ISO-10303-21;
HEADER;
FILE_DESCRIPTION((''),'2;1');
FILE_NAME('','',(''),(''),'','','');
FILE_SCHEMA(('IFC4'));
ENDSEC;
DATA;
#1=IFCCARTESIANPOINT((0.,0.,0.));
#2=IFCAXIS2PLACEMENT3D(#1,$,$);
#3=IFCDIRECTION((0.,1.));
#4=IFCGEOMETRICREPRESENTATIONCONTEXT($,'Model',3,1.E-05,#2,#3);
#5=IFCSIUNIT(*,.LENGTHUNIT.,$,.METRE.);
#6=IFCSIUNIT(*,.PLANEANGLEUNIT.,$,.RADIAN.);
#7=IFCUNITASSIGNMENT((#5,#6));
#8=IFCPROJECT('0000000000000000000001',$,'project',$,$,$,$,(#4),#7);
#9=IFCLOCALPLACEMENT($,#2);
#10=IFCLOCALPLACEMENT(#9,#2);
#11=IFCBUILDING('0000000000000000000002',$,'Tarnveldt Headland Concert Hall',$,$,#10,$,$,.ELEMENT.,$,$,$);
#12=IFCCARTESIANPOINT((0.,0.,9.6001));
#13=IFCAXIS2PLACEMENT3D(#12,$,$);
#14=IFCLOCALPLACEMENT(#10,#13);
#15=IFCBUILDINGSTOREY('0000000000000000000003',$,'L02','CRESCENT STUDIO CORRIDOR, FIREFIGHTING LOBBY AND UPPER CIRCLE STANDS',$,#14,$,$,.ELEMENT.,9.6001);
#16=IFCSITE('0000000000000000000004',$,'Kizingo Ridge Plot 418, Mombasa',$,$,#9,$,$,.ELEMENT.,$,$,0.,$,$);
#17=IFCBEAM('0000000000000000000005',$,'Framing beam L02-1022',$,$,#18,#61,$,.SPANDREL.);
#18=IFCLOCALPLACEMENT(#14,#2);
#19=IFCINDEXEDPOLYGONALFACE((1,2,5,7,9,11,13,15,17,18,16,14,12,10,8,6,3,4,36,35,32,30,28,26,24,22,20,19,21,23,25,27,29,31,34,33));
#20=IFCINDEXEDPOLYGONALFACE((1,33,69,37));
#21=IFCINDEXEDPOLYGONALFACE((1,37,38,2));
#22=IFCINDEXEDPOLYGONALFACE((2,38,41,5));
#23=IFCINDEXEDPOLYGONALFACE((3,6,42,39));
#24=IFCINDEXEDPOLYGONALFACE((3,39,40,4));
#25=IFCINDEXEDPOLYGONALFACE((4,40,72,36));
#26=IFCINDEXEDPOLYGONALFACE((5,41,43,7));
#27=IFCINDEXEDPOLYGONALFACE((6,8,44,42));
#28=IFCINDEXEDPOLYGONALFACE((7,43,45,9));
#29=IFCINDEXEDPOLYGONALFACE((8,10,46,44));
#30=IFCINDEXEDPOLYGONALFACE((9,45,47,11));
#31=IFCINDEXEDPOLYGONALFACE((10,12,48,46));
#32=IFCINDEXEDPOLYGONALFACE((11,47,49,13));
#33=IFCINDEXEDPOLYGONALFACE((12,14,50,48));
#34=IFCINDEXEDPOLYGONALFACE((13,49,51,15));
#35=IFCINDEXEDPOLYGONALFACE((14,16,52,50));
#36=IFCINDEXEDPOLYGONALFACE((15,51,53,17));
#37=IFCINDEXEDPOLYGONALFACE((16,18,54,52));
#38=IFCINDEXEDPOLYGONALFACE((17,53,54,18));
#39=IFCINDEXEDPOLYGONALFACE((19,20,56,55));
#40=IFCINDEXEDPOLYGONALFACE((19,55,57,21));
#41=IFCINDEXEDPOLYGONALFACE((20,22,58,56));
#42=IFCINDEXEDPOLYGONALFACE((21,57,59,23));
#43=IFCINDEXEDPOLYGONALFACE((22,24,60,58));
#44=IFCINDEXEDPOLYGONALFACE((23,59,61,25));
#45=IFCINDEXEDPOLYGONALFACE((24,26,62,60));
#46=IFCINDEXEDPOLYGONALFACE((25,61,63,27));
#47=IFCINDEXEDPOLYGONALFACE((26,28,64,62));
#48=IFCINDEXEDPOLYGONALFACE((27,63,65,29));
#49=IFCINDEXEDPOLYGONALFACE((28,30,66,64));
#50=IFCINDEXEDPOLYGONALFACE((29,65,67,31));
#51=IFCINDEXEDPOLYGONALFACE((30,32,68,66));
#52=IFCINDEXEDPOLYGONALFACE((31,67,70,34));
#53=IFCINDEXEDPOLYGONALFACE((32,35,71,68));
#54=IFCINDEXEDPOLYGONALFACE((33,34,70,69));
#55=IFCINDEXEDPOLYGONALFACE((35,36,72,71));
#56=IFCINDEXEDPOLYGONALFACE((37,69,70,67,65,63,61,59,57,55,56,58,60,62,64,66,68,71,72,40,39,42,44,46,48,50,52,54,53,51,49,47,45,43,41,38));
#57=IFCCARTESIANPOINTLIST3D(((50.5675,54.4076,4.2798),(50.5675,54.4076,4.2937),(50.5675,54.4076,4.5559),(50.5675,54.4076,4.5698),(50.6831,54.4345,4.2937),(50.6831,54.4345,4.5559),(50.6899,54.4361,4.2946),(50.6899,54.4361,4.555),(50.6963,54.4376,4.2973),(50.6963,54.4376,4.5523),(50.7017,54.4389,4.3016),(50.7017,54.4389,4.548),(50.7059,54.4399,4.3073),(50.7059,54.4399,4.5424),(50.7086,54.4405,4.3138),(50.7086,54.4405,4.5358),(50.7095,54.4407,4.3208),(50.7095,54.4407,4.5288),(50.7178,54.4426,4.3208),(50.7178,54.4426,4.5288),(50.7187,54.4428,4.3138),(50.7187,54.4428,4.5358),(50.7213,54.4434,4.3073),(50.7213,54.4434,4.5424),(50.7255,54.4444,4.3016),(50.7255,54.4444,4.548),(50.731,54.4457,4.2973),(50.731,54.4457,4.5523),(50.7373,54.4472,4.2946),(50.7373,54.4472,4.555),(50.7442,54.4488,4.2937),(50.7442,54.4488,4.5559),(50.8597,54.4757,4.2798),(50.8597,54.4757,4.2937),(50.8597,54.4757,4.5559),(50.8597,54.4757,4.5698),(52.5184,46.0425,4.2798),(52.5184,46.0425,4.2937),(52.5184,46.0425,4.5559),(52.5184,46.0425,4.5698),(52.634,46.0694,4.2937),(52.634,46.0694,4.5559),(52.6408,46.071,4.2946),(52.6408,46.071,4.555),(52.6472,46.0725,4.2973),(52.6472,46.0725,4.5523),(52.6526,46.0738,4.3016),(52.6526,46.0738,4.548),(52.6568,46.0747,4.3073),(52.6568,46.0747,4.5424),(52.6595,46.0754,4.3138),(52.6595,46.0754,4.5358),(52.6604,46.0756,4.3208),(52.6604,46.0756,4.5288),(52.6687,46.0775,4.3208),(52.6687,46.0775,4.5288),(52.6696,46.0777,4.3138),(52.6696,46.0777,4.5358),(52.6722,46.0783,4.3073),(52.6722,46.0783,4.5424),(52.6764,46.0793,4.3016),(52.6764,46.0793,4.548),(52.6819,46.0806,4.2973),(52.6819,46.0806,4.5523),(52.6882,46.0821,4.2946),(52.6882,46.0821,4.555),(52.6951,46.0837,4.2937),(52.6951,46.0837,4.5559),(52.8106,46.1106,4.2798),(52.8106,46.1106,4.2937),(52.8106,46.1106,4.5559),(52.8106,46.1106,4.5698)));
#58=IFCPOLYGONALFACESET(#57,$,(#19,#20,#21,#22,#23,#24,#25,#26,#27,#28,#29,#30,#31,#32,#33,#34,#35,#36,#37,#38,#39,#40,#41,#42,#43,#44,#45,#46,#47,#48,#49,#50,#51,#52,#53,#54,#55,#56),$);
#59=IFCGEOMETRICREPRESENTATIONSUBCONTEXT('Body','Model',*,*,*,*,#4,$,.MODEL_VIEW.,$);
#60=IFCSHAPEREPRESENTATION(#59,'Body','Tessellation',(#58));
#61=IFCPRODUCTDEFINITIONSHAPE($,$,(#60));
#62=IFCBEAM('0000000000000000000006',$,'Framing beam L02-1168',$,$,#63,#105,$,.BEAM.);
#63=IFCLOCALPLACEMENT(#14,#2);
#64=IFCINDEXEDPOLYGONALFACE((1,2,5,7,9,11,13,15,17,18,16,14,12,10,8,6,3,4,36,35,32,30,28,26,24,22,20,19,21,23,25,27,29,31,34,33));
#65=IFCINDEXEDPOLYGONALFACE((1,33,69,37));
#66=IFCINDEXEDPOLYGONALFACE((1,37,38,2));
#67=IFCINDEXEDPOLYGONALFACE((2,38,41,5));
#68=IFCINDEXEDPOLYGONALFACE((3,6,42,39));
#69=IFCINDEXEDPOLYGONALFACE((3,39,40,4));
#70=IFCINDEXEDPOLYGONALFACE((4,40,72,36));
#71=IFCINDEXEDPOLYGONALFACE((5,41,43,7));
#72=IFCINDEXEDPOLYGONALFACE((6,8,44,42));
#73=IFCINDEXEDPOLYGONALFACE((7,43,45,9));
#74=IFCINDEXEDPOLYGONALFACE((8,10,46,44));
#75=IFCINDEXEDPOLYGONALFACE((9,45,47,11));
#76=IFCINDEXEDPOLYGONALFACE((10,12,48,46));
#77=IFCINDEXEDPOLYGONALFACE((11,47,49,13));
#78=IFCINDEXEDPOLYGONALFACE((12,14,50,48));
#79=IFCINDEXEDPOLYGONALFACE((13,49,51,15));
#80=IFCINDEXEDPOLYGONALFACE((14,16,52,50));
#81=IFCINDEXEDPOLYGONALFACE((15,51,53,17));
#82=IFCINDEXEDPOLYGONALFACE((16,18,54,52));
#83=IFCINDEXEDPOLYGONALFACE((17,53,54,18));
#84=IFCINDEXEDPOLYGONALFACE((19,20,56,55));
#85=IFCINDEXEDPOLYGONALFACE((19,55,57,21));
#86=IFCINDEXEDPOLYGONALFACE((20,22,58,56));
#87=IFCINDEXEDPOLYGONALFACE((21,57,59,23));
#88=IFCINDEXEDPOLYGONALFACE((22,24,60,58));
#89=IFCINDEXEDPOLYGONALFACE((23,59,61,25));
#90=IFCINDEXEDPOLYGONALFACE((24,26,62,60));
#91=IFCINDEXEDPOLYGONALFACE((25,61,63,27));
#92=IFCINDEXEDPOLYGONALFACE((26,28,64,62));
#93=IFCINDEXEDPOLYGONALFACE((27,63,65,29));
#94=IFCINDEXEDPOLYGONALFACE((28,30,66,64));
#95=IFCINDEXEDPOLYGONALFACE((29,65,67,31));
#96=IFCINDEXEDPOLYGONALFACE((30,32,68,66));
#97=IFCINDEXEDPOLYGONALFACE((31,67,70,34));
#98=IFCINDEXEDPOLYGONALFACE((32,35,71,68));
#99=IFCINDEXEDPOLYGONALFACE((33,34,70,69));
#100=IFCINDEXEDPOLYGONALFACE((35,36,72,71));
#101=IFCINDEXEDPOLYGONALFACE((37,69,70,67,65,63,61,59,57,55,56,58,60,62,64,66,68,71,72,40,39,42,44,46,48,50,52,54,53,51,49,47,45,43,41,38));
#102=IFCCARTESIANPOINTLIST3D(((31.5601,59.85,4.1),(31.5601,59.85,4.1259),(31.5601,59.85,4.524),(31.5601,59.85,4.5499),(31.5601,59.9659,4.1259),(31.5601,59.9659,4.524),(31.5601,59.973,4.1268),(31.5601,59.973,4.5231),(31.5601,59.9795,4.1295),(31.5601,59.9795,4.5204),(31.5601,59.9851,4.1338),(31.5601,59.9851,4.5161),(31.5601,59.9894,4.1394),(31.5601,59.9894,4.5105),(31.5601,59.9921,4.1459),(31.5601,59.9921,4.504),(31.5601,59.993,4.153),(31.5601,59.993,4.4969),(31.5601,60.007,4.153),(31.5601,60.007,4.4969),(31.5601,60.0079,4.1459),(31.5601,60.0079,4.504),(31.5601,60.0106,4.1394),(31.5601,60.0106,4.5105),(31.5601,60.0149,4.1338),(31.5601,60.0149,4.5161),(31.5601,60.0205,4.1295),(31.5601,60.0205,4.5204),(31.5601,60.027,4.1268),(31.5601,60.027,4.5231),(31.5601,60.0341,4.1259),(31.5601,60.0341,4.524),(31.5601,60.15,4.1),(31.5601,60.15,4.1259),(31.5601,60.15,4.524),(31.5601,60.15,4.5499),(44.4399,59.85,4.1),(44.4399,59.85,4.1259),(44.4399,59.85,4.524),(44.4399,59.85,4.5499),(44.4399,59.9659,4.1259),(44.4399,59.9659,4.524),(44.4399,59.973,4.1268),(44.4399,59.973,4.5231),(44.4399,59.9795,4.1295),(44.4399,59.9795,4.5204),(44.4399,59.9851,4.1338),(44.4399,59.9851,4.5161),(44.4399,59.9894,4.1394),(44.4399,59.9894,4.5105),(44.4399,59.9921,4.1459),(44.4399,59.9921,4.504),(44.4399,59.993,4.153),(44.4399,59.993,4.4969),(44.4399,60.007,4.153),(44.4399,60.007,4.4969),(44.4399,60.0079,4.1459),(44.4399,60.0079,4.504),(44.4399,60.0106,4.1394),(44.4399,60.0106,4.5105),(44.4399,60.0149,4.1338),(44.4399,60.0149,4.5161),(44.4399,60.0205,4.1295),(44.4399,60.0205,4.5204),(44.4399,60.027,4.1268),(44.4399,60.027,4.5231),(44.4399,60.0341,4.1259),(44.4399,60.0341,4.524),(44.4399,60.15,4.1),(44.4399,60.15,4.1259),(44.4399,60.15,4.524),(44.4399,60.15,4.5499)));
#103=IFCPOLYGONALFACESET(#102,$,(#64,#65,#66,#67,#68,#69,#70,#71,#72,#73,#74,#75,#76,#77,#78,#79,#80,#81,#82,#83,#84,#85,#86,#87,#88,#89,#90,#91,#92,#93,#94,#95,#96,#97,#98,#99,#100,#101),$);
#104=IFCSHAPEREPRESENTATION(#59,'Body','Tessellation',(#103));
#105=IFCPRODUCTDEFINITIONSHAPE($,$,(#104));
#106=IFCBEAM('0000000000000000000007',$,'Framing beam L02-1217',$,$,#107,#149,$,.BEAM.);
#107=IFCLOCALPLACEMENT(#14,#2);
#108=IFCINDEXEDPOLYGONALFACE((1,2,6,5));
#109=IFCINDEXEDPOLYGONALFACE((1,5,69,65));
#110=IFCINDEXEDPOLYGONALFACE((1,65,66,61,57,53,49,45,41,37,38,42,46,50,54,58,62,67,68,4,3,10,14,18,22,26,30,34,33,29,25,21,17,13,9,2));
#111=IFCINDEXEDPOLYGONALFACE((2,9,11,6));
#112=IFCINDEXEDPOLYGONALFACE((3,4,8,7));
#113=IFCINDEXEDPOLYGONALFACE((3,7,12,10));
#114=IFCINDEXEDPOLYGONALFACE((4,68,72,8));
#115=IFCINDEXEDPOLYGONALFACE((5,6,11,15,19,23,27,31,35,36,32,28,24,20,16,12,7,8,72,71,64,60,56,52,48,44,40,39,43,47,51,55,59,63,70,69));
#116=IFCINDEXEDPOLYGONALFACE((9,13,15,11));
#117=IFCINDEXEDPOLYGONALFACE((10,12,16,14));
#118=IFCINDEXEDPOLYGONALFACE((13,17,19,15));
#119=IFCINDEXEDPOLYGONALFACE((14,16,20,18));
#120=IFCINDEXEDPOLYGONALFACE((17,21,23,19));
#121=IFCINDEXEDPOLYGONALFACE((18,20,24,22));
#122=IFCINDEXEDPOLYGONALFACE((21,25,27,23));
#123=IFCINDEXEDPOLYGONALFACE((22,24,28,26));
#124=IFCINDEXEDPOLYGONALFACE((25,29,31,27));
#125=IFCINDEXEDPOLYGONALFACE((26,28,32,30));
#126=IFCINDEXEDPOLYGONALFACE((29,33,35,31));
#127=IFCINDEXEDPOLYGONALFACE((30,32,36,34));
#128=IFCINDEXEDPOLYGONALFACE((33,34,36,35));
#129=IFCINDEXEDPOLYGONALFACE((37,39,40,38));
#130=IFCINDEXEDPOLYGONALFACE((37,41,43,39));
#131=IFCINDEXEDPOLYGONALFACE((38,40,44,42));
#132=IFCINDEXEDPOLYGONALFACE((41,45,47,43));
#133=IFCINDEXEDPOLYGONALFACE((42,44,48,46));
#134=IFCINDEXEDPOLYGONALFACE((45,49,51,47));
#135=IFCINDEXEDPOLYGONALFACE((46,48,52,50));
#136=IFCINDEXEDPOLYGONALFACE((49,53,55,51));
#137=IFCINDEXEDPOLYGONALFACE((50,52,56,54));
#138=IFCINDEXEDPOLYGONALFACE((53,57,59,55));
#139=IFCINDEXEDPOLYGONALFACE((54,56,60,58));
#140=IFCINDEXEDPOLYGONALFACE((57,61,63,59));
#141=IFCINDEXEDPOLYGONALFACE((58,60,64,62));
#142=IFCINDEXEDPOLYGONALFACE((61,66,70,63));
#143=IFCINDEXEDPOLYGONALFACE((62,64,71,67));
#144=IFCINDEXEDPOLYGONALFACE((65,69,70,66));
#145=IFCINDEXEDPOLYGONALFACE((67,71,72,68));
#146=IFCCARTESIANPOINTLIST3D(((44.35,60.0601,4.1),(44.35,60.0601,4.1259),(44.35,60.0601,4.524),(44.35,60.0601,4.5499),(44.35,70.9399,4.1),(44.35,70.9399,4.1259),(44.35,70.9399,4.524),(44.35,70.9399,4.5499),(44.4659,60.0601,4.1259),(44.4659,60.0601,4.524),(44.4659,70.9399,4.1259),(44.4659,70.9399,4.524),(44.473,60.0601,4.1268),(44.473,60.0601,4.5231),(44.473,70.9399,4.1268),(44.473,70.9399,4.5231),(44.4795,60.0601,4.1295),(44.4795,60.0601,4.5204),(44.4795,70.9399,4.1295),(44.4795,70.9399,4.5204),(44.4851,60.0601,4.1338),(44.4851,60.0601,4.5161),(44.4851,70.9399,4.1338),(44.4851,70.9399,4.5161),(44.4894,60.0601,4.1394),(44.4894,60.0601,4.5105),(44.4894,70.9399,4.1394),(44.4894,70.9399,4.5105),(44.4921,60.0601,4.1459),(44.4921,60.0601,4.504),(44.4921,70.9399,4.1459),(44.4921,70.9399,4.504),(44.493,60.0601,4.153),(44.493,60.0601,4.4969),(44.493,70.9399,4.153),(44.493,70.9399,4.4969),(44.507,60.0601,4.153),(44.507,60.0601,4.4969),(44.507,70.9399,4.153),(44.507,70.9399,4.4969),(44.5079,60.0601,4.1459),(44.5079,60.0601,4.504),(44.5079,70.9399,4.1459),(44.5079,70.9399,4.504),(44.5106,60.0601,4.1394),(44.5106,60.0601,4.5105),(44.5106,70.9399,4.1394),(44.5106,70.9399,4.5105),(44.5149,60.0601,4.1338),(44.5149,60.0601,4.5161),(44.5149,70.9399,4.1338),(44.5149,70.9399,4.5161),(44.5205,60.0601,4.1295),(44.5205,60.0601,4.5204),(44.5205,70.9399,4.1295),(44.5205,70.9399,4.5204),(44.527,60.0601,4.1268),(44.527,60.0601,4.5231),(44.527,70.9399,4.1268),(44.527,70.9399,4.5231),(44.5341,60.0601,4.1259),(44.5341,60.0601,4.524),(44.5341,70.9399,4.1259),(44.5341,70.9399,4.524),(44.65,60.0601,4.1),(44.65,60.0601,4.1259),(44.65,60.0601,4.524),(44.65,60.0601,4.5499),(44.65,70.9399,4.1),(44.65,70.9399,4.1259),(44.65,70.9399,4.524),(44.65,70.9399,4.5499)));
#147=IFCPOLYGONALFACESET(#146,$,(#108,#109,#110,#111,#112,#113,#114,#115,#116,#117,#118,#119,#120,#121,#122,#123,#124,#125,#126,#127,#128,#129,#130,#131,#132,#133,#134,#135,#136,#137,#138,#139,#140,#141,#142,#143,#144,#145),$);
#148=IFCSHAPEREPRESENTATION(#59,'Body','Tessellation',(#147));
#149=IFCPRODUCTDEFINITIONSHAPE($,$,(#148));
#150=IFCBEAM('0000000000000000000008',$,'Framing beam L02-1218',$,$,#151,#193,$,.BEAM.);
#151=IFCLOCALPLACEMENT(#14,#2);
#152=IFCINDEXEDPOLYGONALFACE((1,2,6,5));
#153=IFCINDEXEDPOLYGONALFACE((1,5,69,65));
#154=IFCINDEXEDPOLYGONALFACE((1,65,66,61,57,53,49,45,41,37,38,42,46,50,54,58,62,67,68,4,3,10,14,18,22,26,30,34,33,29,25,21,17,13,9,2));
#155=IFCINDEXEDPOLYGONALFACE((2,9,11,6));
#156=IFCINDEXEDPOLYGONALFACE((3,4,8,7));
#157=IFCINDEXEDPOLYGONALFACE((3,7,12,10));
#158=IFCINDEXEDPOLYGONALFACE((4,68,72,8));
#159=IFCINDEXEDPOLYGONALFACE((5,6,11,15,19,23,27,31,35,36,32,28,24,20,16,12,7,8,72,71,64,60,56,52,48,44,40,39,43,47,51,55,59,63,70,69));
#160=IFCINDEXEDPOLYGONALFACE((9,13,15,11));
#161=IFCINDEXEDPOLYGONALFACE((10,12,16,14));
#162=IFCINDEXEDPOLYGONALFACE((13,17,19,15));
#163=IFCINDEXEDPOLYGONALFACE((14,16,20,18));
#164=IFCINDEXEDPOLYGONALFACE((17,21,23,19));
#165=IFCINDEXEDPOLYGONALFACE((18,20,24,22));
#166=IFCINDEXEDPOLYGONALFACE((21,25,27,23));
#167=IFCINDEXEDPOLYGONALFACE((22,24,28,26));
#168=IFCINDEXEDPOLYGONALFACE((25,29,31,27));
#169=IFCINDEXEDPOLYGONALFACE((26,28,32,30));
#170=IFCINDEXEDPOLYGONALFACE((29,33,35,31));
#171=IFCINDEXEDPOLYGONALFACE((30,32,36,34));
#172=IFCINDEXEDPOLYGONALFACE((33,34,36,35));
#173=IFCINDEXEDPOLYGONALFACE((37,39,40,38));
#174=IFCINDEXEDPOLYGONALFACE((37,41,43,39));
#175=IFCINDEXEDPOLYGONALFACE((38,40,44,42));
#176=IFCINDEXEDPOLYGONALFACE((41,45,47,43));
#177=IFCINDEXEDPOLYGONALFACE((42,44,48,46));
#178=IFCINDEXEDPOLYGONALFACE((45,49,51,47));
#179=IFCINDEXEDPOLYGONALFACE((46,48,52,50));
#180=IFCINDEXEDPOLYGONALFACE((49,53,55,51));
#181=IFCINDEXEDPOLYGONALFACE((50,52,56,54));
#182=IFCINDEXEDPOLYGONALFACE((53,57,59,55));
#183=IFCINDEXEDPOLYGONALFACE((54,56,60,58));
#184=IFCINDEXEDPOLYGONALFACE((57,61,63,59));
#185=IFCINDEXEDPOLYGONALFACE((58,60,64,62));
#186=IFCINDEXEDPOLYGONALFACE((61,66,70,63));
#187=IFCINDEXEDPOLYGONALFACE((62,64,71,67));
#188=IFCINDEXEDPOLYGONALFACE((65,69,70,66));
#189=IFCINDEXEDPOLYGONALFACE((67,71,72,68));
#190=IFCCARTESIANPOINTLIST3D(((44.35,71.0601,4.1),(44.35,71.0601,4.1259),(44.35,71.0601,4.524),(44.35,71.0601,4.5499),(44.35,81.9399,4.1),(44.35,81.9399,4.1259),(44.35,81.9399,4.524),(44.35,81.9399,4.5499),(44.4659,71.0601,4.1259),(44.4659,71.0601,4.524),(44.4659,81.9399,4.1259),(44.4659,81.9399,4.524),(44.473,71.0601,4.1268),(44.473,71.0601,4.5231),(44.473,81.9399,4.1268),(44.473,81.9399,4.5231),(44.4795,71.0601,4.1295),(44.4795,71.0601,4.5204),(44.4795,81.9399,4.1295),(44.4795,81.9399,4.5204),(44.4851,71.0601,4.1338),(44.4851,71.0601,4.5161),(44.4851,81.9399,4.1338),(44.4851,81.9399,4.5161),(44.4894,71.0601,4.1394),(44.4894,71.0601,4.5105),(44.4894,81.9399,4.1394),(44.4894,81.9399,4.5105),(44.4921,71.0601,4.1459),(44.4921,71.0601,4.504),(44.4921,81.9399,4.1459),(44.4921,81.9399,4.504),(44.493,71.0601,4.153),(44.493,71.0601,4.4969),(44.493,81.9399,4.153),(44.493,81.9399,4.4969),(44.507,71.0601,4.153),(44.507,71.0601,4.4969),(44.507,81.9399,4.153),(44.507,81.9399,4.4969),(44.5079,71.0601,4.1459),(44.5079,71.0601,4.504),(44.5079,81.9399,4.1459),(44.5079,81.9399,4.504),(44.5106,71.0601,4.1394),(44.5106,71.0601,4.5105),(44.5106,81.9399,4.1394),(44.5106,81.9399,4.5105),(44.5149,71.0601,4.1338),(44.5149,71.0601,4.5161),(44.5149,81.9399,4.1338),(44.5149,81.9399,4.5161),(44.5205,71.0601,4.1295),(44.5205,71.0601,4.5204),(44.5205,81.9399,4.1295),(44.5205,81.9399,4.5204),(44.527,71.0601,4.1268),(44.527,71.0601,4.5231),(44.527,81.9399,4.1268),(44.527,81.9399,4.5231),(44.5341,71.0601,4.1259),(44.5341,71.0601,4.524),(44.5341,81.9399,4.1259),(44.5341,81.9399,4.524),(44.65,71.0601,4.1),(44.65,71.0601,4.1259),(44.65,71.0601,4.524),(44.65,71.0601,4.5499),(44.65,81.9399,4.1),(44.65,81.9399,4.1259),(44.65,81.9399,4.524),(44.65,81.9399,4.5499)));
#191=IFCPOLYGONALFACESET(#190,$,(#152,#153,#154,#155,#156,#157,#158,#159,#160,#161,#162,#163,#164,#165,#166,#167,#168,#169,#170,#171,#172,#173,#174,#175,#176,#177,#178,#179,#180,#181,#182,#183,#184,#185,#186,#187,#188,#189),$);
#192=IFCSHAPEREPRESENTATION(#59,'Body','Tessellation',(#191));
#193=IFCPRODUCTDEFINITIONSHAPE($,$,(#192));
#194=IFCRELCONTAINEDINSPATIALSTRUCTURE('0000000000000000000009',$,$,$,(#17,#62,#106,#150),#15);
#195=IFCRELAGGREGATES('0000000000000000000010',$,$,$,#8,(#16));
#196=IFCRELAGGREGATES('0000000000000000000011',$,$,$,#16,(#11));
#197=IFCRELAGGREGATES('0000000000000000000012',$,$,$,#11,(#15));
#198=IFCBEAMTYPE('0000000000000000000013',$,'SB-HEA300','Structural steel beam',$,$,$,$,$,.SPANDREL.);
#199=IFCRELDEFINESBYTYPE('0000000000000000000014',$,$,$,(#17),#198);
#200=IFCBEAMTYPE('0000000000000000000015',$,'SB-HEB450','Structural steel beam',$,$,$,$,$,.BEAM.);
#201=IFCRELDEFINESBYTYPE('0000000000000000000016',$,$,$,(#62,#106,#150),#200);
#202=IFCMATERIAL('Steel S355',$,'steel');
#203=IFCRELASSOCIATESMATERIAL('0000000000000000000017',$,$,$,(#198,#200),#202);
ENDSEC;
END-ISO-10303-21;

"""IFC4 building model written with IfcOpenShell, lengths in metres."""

from ifc_helpers import new_model, si_unit, direction, frame, origin, origin_2d, place, context, subcontext, project, spatial, i_section, extrude, material, material_profile, profile_set, type_object, element, save


model = new_model("IFC4")

# Units and contexts
model_context = context("Model", 3, precision=1e-05, world=origin(), true_north=direction((0.0, 1.0)))
body_context = subcontext(model_context, "Body", "Model", "MODEL_VIEW")
ifc_project = project(units=[si_unit("LENGTHUNIT", "METRE"), si_unit("PLANEANGLEUNIT", "RADIAN")], contexts=[model_context])

# Site, building, storey
site_placement = place(None, origin())
site = spatial("IfcSite", under=ifc_project, at=site_placement, Name="Kizingo Ridge Plot 418, Mombasa", CompositionType="ELEMENT", RefElevation=0.0)
building_placement = place(site_placement, origin())
building = spatial("IfcBuilding", under=site, at=building_placement, Name="Tarnveldt Headland Concert Hall", CompositionType="ELEMENT")
storey_placement = place(building_placement, frame((0.0, 0.0, 9.6001)))
storey = spatial("IfcBuildingStorey", under=building, at=storey_placement, Name="L02", Description="CRESCENT STUDIO CORRIDOR, FIREFIGHTING LOBBY AND UPPER CIRCLE STANDS", CompositionType="ELEMENT", Elevation=9.6001)

# Shared definitions
ifc_material_1 = material(Name="Steel S355", Category="steel")

# Beams
ifc_material_profile_1 = material_profile(ifc_material_1, i_section(OverallWidth=0.3, OverallDepth=0.29, WebThickness=0.0085, FlangeThickness=0.0139, FilletRadius=0.0271, at=origin_2d()), Name="HEA300", Category="steel")
ifc_profile_set_1 = profile_set([ifc_material_profile_1], Name="Steel S355")
beam_type_1 = type_object("IfcBeamType", Name="SB-HEA300", Description="Structural steel beam", PredefinedType="SPANDREL", material=ifc_profile_set_1)
beam_1_placement = place(storey_placement, frame((50.7136, 54.4417, 4.4248), z_axis=(0.227124, -0.973866, 0.0), x_axis=(0.973866, 0.227124, 0.0)))
element("IfcBeam", 1, at=beam_1_placement, inside=storey, type_object=beam_type_1, Name="Framing beam L02-1022", PredefinedType="SPANDREL", context=body_context, shape_type="SweptSolid", body=[
    extrude(i_section(OverallWidth=0.3, OverallDepth=0.29, WebThickness=0.0085, FlangeThickness=0.0139, FilletRadius=0.0271, at=origin_2d()), origin(), (0.0, 0.0, 1.0), 8.5896),
])
ifc_material_profile_2 = material_profile(ifc_material_1, i_section(OverallWidth=0.3, OverallDepth=0.45, WebThickness=0.0139, FlangeThickness=0.0259, FilletRadius=0.0271, at=origin_2d()), Name="HEB450", Category="steel")
ifc_profile_set_2 = profile_set([ifc_material_profile_2], Name="Steel S355")
beam_type_2 = type_object("IfcBeamType", Name="SB-HEB450", Description="Structural steel beam", PredefinedType="BEAM", material=ifc_profile_set_2)
beam_2_placement = place(storey_placement, frame((31.5601, 60.0, 4.325), z_axis=(1.0, 0.0, 0.0), x_axis=(0.0, 1.0, 0.0)))
element("IfcBeam", 2, at=beam_2_placement, inside=storey, type_object=beam_type_2, Name="Framing beam L02-1168", PredefinedType="BEAM", context=body_context, shape_type="SweptSolid", body=[
    extrude(i_section(OverallWidth=0.3, OverallDepth=0.45, WebThickness=0.0139, FlangeThickness=0.0259, FilletRadius=0.0271, at=origin_2d()), origin(), (0.0, 0.0, 1.0), 12.8799),
])
for number, where, z_axis, x_axis, name in (
    (3, (44.5, 60.0601, 4.325), (0.0, 1.0, 0.0), (-1.0, 0.0, 0.0), "Framing beam L02-1217"),
    (4, (44.5, 71.0601, 4.325), (0.0, 1.0, 0.0), (-1.0, 0.0, 0.0), "Framing beam L02-1218"),
):
    element("IfcBeam", number, at=place(storey_placement, frame(where, z_axis=z_axis, x_axis=x_axis)), inside=storey, type_object=beam_type_2, Name=name, PredefinedType="BEAM", context=body_context, shape_type="SweptSolid", body=[
        extrude(i_section(OverallWidth=0.3, OverallDepth=0.45, WebThickness=0.0139, FlangeThickness=0.0259, FilletRadius=0.0271, at=origin_2d()), origin(), (0.0, 0.0, 1.0), 10.8799),
    ])

save(model, "model.ifc")
